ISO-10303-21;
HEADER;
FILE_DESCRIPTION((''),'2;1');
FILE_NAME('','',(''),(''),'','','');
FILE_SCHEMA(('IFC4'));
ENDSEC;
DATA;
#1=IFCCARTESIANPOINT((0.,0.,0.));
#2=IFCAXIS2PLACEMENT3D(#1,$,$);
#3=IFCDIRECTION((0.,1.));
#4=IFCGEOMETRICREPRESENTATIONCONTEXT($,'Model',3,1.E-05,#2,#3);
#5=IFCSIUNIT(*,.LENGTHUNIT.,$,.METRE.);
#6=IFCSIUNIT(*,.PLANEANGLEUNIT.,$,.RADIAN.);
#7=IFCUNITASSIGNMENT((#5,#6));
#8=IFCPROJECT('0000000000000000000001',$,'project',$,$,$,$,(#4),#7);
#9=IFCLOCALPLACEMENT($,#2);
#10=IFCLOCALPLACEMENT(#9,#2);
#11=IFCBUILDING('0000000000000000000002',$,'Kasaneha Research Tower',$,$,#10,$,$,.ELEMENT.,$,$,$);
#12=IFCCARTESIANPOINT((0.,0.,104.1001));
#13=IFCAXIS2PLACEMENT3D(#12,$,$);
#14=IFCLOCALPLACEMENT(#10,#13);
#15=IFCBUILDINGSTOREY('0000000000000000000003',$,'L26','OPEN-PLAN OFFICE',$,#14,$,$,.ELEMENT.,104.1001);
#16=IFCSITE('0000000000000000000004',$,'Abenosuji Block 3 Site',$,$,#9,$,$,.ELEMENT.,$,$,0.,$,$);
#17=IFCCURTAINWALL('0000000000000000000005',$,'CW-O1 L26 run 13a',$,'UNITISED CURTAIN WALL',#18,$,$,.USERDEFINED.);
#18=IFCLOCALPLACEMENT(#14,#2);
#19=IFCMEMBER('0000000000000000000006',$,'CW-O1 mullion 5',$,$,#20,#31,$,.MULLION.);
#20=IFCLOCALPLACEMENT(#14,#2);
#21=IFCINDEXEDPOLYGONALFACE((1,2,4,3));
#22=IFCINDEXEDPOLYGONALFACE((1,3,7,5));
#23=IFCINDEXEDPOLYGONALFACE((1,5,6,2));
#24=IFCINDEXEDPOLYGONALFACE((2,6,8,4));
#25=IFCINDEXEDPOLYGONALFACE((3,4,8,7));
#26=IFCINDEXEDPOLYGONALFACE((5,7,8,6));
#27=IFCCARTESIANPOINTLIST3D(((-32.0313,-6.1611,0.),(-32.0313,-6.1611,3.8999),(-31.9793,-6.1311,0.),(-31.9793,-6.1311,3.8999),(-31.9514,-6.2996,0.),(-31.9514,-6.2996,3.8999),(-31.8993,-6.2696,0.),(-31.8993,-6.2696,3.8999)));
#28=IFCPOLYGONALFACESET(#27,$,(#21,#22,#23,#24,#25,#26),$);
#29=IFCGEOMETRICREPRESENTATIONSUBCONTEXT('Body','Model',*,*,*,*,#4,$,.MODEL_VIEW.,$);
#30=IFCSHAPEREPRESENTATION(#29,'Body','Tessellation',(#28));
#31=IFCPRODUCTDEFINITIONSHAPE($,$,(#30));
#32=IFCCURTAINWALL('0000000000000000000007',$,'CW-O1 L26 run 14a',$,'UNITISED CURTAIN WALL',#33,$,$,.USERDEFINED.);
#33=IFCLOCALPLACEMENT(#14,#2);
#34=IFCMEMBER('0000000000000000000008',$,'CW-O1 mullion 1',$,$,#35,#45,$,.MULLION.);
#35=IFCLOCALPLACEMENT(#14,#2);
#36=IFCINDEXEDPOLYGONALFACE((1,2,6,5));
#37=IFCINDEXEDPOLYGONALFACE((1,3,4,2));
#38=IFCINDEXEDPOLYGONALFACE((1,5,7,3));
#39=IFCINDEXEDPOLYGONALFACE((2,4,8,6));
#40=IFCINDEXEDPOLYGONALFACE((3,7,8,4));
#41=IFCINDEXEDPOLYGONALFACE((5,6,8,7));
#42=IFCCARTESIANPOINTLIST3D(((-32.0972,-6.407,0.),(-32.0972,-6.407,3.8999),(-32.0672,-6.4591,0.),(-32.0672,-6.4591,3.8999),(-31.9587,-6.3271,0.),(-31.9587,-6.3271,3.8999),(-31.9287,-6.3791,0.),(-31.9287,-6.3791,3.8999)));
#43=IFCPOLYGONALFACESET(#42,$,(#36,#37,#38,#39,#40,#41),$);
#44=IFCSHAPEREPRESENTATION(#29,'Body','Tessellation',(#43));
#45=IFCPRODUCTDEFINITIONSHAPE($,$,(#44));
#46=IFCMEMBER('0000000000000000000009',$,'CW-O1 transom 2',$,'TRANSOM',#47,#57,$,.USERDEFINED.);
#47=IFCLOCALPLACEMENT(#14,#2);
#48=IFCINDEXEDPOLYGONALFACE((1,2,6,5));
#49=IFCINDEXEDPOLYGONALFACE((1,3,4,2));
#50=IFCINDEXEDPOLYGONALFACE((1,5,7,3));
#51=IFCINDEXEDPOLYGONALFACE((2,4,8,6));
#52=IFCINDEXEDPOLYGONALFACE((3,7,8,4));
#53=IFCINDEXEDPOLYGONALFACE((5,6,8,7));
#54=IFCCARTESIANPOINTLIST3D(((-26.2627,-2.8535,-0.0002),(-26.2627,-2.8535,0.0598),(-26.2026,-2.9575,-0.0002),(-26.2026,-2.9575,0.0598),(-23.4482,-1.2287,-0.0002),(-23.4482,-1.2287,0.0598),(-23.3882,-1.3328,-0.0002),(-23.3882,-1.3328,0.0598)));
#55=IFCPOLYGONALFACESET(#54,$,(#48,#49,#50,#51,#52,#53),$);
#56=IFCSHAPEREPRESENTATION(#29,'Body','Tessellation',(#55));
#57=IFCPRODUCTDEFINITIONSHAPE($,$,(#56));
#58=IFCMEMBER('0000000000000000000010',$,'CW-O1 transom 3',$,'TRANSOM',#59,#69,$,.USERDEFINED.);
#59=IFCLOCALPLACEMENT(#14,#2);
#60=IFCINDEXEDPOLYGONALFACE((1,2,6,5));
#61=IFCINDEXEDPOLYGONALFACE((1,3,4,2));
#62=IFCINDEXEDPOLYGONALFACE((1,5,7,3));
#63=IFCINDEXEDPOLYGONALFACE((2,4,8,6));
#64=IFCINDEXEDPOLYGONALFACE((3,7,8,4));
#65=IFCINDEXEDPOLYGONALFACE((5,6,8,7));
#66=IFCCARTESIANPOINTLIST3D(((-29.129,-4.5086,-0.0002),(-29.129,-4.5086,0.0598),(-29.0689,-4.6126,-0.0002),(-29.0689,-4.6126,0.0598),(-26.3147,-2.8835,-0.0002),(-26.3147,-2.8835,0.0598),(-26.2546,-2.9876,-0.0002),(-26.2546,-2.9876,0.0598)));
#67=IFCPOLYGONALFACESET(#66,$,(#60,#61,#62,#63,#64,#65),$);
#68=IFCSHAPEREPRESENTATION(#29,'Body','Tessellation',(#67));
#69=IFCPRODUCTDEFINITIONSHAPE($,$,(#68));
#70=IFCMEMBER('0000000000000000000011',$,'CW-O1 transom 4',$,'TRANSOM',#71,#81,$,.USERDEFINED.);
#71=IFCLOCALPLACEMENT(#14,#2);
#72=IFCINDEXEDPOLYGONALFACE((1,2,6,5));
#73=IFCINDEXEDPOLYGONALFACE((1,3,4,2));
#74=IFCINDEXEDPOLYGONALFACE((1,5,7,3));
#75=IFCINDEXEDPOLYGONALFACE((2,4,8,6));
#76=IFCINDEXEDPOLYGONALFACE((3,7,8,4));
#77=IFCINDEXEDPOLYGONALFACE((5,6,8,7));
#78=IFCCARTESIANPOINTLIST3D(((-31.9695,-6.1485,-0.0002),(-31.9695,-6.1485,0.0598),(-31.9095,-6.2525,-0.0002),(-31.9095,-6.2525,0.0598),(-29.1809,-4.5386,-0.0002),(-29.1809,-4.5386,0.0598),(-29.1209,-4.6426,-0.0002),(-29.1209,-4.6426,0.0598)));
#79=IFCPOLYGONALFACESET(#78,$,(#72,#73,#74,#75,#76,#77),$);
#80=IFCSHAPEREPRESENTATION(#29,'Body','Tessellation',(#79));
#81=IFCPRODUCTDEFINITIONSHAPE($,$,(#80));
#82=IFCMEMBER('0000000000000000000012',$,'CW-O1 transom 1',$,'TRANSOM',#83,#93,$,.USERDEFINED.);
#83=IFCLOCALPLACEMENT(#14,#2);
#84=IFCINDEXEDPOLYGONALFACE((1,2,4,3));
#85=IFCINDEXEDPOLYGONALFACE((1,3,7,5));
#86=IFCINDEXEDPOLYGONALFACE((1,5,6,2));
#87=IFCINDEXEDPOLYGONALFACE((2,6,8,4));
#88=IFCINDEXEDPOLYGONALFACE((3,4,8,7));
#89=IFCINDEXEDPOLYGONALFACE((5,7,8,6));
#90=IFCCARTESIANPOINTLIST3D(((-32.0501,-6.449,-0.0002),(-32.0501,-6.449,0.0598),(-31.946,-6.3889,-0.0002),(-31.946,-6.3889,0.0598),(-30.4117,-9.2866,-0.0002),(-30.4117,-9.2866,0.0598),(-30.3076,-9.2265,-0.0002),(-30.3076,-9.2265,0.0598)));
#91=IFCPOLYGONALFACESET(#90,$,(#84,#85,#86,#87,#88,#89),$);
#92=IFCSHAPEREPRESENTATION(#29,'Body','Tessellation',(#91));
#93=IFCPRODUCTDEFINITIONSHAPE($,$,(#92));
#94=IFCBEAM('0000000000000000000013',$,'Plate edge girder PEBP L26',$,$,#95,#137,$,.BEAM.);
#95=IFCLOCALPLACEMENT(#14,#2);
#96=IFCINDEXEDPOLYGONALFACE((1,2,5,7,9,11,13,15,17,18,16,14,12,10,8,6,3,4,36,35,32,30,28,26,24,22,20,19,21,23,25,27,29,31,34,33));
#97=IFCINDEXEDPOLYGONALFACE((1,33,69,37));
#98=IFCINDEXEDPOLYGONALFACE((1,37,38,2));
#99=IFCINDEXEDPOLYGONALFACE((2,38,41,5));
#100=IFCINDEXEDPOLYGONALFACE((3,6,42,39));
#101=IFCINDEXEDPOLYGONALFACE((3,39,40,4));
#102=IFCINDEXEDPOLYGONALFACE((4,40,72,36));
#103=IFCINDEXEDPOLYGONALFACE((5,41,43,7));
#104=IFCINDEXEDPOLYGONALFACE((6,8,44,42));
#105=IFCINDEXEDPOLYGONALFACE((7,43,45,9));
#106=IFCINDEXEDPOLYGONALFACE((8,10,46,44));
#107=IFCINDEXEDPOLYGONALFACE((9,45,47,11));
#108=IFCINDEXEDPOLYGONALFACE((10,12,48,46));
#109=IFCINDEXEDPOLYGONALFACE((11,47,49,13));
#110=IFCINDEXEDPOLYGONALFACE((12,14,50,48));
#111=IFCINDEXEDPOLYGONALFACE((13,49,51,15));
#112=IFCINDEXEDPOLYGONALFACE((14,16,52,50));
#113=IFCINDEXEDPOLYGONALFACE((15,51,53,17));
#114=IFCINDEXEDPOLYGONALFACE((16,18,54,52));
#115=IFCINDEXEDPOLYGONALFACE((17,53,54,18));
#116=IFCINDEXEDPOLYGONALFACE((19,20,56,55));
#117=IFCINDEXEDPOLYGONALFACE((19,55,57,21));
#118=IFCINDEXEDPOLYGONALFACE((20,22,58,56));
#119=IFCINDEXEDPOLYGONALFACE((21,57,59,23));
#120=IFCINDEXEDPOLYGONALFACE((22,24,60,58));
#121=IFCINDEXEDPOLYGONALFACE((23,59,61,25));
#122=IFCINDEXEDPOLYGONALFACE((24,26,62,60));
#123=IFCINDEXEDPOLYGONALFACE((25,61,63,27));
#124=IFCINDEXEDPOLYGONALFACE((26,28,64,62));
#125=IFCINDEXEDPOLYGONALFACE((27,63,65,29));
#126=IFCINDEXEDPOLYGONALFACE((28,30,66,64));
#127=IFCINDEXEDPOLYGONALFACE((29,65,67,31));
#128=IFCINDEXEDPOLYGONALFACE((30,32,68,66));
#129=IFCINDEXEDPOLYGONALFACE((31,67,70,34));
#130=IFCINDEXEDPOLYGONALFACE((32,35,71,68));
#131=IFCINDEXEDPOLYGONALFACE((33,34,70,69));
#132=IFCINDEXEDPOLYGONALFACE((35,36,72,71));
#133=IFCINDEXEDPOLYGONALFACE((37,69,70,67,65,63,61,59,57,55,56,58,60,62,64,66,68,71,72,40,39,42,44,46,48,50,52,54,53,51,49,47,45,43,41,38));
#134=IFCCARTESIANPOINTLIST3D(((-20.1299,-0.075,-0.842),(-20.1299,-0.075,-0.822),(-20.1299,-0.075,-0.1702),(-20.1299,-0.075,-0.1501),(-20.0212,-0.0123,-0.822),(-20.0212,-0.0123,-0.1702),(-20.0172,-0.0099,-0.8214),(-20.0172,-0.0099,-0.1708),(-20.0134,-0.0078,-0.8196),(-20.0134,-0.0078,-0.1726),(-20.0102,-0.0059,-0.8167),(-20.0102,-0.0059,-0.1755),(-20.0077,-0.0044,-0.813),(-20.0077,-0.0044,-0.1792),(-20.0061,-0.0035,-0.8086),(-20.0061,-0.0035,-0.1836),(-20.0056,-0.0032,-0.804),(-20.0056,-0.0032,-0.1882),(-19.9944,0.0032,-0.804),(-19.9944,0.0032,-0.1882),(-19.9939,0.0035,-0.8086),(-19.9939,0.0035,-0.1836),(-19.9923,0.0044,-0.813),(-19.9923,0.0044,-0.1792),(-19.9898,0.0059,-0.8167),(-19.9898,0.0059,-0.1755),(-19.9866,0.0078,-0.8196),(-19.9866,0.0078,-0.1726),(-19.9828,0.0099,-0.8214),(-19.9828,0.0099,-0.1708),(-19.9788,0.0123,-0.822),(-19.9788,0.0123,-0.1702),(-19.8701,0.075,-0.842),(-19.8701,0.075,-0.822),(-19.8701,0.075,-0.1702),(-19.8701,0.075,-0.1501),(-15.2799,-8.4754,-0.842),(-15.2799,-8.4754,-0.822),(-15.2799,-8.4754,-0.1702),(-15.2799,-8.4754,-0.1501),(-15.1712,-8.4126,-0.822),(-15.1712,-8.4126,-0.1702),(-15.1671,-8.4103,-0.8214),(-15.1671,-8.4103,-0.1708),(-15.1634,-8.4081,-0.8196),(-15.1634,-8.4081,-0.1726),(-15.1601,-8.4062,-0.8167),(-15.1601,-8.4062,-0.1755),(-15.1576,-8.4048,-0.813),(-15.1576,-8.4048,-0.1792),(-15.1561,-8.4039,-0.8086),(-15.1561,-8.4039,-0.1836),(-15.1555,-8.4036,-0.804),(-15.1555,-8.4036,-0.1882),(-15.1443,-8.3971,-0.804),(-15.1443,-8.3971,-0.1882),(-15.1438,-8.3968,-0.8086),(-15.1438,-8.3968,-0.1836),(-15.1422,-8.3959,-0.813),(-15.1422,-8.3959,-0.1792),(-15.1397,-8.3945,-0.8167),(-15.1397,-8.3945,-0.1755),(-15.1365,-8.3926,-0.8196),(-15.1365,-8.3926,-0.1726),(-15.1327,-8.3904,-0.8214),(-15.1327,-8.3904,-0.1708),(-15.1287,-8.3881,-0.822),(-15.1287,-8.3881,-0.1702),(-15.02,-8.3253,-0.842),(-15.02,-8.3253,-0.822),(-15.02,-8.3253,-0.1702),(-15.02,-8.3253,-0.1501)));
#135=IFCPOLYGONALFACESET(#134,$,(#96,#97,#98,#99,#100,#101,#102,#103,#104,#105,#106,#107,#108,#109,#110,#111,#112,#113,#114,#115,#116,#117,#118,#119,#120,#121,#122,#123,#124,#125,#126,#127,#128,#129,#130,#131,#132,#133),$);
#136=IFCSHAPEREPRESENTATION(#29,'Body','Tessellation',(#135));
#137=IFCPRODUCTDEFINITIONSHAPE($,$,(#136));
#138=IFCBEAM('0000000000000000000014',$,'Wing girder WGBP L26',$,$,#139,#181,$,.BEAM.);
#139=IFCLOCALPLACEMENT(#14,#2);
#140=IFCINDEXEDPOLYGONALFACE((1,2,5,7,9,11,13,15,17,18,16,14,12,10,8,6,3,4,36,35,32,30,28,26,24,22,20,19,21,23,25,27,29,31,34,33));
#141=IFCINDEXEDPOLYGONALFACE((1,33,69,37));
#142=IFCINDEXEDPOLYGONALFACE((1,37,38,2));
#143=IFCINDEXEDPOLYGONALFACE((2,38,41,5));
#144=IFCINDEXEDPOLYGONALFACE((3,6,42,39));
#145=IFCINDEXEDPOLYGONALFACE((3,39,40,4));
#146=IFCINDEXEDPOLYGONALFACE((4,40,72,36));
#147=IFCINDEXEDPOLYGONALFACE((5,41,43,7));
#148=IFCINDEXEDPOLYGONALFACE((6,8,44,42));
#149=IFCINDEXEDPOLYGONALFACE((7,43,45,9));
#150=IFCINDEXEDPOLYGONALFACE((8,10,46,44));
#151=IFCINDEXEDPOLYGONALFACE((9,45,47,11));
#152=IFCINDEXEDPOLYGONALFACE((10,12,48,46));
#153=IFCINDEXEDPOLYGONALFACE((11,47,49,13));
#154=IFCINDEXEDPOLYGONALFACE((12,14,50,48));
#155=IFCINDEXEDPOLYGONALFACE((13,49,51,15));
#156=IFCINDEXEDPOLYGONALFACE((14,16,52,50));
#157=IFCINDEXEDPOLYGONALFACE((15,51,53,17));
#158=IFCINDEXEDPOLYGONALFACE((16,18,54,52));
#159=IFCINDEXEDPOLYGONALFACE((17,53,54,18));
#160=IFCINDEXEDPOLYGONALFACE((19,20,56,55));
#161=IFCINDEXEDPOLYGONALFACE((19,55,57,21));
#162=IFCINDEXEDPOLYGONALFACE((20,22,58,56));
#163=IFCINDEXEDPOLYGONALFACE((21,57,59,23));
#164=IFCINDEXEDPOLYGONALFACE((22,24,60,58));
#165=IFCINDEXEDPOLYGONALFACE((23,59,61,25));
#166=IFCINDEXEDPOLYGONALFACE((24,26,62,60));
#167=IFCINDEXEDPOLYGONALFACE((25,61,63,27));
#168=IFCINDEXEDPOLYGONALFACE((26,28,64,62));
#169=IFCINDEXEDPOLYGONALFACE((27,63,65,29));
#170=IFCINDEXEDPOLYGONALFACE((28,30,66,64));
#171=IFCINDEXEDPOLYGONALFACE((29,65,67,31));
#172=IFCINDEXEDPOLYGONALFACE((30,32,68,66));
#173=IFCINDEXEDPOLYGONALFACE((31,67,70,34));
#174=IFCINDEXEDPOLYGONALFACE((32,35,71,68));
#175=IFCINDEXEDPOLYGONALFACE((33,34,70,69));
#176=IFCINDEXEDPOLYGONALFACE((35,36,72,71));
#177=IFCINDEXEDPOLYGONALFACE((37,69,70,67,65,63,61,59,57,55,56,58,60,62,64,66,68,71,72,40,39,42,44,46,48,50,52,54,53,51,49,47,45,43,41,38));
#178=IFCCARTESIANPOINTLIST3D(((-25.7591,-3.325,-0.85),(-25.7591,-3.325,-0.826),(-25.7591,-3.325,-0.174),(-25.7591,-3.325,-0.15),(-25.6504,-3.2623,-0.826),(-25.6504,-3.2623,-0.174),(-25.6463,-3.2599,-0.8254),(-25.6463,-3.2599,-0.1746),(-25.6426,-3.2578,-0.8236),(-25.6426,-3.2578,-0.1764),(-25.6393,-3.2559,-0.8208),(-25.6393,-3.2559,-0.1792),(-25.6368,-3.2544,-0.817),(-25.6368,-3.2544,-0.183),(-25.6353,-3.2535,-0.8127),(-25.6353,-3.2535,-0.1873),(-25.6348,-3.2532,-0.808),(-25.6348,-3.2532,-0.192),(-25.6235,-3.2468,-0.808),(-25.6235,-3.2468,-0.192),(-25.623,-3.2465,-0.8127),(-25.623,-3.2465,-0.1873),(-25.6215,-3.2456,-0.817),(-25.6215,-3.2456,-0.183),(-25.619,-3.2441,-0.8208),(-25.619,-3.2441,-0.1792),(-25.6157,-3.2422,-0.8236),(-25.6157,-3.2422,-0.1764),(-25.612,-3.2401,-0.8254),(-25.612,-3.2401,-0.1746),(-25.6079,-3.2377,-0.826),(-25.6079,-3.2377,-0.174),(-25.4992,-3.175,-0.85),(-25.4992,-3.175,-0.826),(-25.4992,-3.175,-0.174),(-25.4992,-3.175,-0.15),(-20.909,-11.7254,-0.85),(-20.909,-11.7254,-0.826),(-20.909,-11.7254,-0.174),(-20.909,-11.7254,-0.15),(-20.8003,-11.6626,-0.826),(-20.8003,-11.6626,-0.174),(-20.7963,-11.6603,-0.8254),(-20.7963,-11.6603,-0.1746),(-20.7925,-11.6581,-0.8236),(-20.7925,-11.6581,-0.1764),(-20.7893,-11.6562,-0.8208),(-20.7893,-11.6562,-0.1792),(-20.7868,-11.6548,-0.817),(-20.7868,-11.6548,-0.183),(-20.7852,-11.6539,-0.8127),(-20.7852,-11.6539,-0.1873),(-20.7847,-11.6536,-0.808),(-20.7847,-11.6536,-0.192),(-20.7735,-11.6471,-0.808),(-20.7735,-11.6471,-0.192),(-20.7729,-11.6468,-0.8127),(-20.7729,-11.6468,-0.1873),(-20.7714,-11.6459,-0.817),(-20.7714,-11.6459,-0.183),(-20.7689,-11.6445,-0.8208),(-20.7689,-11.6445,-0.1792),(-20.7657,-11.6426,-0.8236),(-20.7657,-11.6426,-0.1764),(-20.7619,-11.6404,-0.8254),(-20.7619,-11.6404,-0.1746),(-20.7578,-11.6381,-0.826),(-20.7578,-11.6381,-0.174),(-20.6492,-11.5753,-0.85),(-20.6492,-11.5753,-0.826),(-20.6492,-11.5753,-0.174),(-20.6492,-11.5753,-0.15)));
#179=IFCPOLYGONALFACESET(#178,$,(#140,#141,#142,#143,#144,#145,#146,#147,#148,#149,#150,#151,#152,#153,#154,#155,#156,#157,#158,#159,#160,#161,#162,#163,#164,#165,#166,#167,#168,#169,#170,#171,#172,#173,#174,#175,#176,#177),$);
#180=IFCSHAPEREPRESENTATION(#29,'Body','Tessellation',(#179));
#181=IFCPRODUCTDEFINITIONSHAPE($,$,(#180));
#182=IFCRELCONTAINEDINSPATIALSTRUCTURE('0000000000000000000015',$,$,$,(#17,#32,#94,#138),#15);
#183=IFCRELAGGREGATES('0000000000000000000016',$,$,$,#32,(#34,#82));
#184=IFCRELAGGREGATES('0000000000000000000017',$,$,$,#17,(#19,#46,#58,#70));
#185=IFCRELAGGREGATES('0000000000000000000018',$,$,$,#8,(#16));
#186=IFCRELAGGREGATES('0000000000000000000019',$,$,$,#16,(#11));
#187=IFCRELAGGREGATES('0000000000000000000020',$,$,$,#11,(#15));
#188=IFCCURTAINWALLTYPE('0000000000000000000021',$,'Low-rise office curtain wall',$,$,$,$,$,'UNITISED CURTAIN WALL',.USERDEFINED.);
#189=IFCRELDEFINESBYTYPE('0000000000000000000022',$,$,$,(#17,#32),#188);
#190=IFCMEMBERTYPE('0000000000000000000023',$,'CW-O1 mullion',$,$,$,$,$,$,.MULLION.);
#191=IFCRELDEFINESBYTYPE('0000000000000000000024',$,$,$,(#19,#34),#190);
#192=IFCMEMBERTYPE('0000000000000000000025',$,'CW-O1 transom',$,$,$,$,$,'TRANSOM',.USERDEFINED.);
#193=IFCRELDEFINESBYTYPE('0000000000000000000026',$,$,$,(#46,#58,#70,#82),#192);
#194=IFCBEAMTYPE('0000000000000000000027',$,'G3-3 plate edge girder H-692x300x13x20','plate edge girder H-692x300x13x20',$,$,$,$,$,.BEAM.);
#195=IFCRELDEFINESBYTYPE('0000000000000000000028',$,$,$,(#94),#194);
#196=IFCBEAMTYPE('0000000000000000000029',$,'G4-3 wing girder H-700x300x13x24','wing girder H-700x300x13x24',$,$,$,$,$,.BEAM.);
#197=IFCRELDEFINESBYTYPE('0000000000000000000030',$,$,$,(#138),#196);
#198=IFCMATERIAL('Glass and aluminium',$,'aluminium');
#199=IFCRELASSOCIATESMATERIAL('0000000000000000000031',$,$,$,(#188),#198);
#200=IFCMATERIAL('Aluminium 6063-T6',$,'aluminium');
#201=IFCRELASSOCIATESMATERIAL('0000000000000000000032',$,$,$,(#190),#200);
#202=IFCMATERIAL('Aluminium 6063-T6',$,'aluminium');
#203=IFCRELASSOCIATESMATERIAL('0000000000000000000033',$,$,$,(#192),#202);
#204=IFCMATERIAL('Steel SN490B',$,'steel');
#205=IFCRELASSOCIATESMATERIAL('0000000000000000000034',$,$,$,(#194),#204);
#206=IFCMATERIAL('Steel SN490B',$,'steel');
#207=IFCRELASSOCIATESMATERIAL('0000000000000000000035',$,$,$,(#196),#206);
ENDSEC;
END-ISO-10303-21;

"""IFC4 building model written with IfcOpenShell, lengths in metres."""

from ifc_helpers import new_model, si_unit, direction, frame, origin, origin_2d, place, context, subcontext, project, spatial, rectangle, i_section, extrude, material, material_profile, profile_set, type_object, element, aggregate, save


model = new_model("IFC4")

# Units and contexts
model_context = context("Model", 3, precision=1e-05, world=origin(), true_north=direction((0.0, 1.0)))
body_context = subcontext(model_context, "Body", "Model", "MODEL_VIEW")
ifc_project = project(units=[si_unit("LENGTHUNIT", "METRE"), si_unit("PLANEANGLEUNIT", "RADIAN")], contexts=[model_context])

# Site, building, storey
site_placement = place(None, origin())
site = spatial("IfcSite", under=ifc_project, at=site_placement, Name="Abenosuji Block 3 Site", CompositionType="ELEMENT", RefElevation=0.0)
building_placement = place(site_placement, origin())
building = spatial("IfcBuilding", under=site, at=building_placement, Name="Kasaneha Research Tower", CompositionType="ELEMENT")
storey_placement = place(building_placement, frame((0.0, 0.0, 104.1001)))
storey = spatial("IfcBuildingStorey", under=building, at=storey_placement, Name="L26", Description="OPEN-PLAN OFFICE", CompositionType="ELEMENT", Elevation=104.1001)

# Curtain wall, member
ifc_material_1 = material(Name="Glass and aluminium", Category="aluminium")
curtain_wall_type = type_object("IfcCurtainWallType", Name="Low-rise office curtain wall", ElementType="UNITISED CURTAIN WALL", PredefinedType="USERDEFINED", material=ifc_material_1)
curtain_wall_1_placement = place(storey_placement, origin())
curtain_wall_1 = element("IfcCurtainWall", 1, at=curtain_wall_1_placement, inside=storey, type_object=curtain_wall_type, Name="CW-O1 L26 run 13a", ObjectType="UNITISED CURTAIN WALL", PredefinedType="USERDEFINED")
ifc_material_2 = material(Name="Aluminium 6063-T6", Category="aluminium")
ifc_material_profile_1 = material_profile(ifc_material_2, rectangle(XDim=0.0601, YDim=0.1599, at=origin_2d()), Name="CW-O1 mullion 60x160")
ifc_profile_set_1 = profile_set([ifc_material_profile_1], Name="Aluminium 6063-T6")
member_type_1 = type_object("IfcMemberType", Name="CW-O1 mullion", PredefinedType="MULLION", material=ifc_profile_set_1)
member_1_placement = place(storey_placement, frame((-31.9653, -6.2153, 0.0), z_axis=(0.0, 0.0, 1.0), x_axis=(-0.866025, -0.5, 0.0)))
member_1 = element("IfcMember", 2, at=member_1_placement, type_object=member_type_1, Name="CW-O1 mullion 5", PredefinedType="MULLION", context=body_context, shape_type="SweptSolid", body=[
    extrude(rectangle(XDim=0.0601, YDim=0.1599, at=origin_2d()), origin(), (0.0, 0.0, 1.0), 3.8999),
])

# Curtain wall, member
curtain_wall_2_placement = place(storey_placement, origin())
curtain_wall_2 = element("IfcCurtainWall", 3, at=curtain_wall_2_placement, inside=storey, type_object=curtain_wall_type, Name="CW-O1 L26 run 14a", ObjectType="UNITISED CURTAIN WALL", PredefinedType="USERDEFINED")
member_2_placement = place(storey_placement, frame((-32.0129, -6.3931, 0.0), z_axis=(0.0, 0.0, 1.0), x_axis=(0.5, -0.866025, 0.0)))
member_2 = element("IfcMember", 4, at=member_2_placement, type_object=member_type_1, Name="CW-O1 mullion 1", PredefinedType="MULLION", context=body_context, shape_type="SweptSolid", body=[
    extrude(rectangle(XDim=0.0601, YDim=0.1599, at=origin_2d()), origin(), (0.0, 0.0, 1.0), 3.8999),
])

# Members
ifc_material_3 = material(Name="Aluminium 6063-T6", Category="aluminium")
ifc_material_profile_2 = material_profile(ifc_material_3, rectangle(XDim=0.1201, YDim=0.0601, at=origin_2d()), Name="CW-O1 transom 120x60")
ifc_profile_set_2 = profile_set([ifc_material_profile_2], Name="Aluminium 6063-T6")
member_type_2 = type_object("IfcMemberType", Name="CW-O1 transom", ElementType="TRANSOM", PredefinedType="USERDEFINED", material=ifc_profile_set_2)
member_3_placement = place(storey_placement, frame((-23.4182, -1.2808, 0.0298), z_axis=(-0.866048, -0.499961, 0.0), x_axis=(0.499961, -0.866048, 0.0)))
member_3 = element("IfcMember", 5, at=member_3_placement, type_object=member_type_2, Name="CW-O1 transom 2", ObjectType="TRANSOM", PredefinedType="USERDEFINED", context=body_context, shape_type="SweptSolid", body=[
    extrude(rectangle(XDim=0.1201, YDim=0.0601, at=origin_2d()), origin(), (0.0, 0.0, 1.0), 3.2498),
])
member_4_placement = place(storey_placement, frame((-26.2847, -2.9355, 0.0298), z_axis=(-0.865997, -0.50005, 0.0), x_axis=(0.50005, -0.865997, 0.0)))
member_4 = element("IfcMember", 6, at=member_4_placement, type_object=member_type_2, Name="CW-O1 transom 3", ObjectType="TRANSOM", PredefinedType="USERDEFINED", context=body_context, shape_type="SweptSolid", body=[
    extrude(rectangle(XDim=0.1201, YDim=0.0601, at=origin_2d()), origin(), (0.0, 0.0, 1.0), 3.2498),
])
member_5_placement = place(storey_placement, frame((-29.1509, -4.5906, 0.0298), z_axis=(-0.866042, -0.499972, 0.0), x_axis=(0.499972, -0.866042, 0.0)))
member_5 = element("IfcMember", 7, at=member_5_placement, type_object=member_type_2, Name="CW-O1 transom 4", ObjectType="TRANSOM", PredefinedType="USERDEFINED", context=body_context, shape_type="SweptSolid", body=[
    extrude(rectangle(XDim=0.1201, YDim=0.0601, at=origin_2d()), origin(), (0.0, 0.0, 1.0), 3.22),
])
member_6_placement = place(storey_placement, frame((-31.998, -6.4189, 0.0298), z_axis=(0.500026, -0.866011, 0.0), x_axis=(0.866011, 0.500026, 0.0)))
member_6 = element("IfcMember", 8, at=member_6_placement, type_object=member_type_2, Name="CW-O1 transom 1", ObjectType="TRANSOM", PredefinedType="USERDEFINED", context=body_context, shape_type="SweptSolid", body=[
    extrude(rectangle(XDim=0.1201, YDim=0.0601, at=origin_2d()), origin(), (0.0, 0.0, 1.0), 3.2766),
])
aggregate(curtain_wall_2, [member_2, member_6])

# Beams
ifc_material_4 = material(Name="Steel SN490B", Category="steel")
ifc_material_profile_3 = material_profile(ifc_material_4, i_section(OverallWidth=0.3, OverallDepth=0.6919, WebThickness=0.0129, FlangeThickness=0.02, FilletRadius=0.0181, at=origin_2d()), Name="H-692x300x13x20")
ifc_profile_set_3 = profile_set([ifc_material_profile_3], Name="Steel SN490B")
beam_type_1 = type_object("IfcBeamType", Name="G3-3 plate edge girder H-692x300x13x20", Description="plate edge girder H-692x300x13x20", PredefinedType="BEAM", material=ifc_profile_set_3)
beam_1_placement = place(storey_placement, frame((-20.0, 0.0, -0.4961), z_axis=(0.50001, -0.86602, 0.0), x_axis=(0.86602, 0.50001, 0.0)))
element("IfcBeam", 9, at=beam_1_placement, inside=storey, type_object=beam_type_1, Name="Plate edge girder PEBP L26", PredefinedType="BEAM", context=body_context, shape_type="SweptSolid", body=[
    extrude(i_section(OverallWidth=0.3, OverallDepth=0.6919, WebThickness=0.0129, FlangeThickness=0.02, FilletRadius=0.0181, at=origin_2d()), origin(), (0.0, 0.0, 1.0), 9.7),
])
ifc_material_5 = material(Name="Steel SN490B", Category="steel")
ifc_material_profile_4 = material_profile(ifc_material_5, i_section(OverallWidth=0.3, OverallDepth=0.7, WebThickness=0.0129, FlangeThickness=0.0239, FilletRadius=0.0181, at=origin_2d()), Name="H-700x300x13x24")
ifc_profile_set_4 = profile_set([ifc_material_profile_4], Name="Steel SN490B")
beam_type_2 = type_object("IfcBeamType", Name="G4-3 wing girder H-700x300x13x24", Description="wing girder H-700x300x13x24", PredefinedType="BEAM", material=ifc_profile_set_4)
beam_2_placement = place(storey_placement, frame((-25.6292, -3.25, -0.5), z_axis=(0.50001, -0.86602, 0.0), x_axis=(0.86602, 0.50001, 0.0)))
element("IfcBeam", 10, at=beam_2_placement, inside=storey, type_object=beam_type_2, Name="Wing girder WGBP L26", PredefinedType="BEAM", context=body_context, shape_type="SweptSolid", body=[
    extrude(i_section(OverallWidth=0.3, OverallDepth=0.7, WebThickness=0.0129, FlangeThickness=0.0239, FilletRadius=0.0181, at=origin_2d()), origin(), (0.0, 0.0, 1.0), 9.7),
])

aggregate(curtain_wall_1, [member_1, member_3, member_4, member_5])

save(model, "model.ifc")
